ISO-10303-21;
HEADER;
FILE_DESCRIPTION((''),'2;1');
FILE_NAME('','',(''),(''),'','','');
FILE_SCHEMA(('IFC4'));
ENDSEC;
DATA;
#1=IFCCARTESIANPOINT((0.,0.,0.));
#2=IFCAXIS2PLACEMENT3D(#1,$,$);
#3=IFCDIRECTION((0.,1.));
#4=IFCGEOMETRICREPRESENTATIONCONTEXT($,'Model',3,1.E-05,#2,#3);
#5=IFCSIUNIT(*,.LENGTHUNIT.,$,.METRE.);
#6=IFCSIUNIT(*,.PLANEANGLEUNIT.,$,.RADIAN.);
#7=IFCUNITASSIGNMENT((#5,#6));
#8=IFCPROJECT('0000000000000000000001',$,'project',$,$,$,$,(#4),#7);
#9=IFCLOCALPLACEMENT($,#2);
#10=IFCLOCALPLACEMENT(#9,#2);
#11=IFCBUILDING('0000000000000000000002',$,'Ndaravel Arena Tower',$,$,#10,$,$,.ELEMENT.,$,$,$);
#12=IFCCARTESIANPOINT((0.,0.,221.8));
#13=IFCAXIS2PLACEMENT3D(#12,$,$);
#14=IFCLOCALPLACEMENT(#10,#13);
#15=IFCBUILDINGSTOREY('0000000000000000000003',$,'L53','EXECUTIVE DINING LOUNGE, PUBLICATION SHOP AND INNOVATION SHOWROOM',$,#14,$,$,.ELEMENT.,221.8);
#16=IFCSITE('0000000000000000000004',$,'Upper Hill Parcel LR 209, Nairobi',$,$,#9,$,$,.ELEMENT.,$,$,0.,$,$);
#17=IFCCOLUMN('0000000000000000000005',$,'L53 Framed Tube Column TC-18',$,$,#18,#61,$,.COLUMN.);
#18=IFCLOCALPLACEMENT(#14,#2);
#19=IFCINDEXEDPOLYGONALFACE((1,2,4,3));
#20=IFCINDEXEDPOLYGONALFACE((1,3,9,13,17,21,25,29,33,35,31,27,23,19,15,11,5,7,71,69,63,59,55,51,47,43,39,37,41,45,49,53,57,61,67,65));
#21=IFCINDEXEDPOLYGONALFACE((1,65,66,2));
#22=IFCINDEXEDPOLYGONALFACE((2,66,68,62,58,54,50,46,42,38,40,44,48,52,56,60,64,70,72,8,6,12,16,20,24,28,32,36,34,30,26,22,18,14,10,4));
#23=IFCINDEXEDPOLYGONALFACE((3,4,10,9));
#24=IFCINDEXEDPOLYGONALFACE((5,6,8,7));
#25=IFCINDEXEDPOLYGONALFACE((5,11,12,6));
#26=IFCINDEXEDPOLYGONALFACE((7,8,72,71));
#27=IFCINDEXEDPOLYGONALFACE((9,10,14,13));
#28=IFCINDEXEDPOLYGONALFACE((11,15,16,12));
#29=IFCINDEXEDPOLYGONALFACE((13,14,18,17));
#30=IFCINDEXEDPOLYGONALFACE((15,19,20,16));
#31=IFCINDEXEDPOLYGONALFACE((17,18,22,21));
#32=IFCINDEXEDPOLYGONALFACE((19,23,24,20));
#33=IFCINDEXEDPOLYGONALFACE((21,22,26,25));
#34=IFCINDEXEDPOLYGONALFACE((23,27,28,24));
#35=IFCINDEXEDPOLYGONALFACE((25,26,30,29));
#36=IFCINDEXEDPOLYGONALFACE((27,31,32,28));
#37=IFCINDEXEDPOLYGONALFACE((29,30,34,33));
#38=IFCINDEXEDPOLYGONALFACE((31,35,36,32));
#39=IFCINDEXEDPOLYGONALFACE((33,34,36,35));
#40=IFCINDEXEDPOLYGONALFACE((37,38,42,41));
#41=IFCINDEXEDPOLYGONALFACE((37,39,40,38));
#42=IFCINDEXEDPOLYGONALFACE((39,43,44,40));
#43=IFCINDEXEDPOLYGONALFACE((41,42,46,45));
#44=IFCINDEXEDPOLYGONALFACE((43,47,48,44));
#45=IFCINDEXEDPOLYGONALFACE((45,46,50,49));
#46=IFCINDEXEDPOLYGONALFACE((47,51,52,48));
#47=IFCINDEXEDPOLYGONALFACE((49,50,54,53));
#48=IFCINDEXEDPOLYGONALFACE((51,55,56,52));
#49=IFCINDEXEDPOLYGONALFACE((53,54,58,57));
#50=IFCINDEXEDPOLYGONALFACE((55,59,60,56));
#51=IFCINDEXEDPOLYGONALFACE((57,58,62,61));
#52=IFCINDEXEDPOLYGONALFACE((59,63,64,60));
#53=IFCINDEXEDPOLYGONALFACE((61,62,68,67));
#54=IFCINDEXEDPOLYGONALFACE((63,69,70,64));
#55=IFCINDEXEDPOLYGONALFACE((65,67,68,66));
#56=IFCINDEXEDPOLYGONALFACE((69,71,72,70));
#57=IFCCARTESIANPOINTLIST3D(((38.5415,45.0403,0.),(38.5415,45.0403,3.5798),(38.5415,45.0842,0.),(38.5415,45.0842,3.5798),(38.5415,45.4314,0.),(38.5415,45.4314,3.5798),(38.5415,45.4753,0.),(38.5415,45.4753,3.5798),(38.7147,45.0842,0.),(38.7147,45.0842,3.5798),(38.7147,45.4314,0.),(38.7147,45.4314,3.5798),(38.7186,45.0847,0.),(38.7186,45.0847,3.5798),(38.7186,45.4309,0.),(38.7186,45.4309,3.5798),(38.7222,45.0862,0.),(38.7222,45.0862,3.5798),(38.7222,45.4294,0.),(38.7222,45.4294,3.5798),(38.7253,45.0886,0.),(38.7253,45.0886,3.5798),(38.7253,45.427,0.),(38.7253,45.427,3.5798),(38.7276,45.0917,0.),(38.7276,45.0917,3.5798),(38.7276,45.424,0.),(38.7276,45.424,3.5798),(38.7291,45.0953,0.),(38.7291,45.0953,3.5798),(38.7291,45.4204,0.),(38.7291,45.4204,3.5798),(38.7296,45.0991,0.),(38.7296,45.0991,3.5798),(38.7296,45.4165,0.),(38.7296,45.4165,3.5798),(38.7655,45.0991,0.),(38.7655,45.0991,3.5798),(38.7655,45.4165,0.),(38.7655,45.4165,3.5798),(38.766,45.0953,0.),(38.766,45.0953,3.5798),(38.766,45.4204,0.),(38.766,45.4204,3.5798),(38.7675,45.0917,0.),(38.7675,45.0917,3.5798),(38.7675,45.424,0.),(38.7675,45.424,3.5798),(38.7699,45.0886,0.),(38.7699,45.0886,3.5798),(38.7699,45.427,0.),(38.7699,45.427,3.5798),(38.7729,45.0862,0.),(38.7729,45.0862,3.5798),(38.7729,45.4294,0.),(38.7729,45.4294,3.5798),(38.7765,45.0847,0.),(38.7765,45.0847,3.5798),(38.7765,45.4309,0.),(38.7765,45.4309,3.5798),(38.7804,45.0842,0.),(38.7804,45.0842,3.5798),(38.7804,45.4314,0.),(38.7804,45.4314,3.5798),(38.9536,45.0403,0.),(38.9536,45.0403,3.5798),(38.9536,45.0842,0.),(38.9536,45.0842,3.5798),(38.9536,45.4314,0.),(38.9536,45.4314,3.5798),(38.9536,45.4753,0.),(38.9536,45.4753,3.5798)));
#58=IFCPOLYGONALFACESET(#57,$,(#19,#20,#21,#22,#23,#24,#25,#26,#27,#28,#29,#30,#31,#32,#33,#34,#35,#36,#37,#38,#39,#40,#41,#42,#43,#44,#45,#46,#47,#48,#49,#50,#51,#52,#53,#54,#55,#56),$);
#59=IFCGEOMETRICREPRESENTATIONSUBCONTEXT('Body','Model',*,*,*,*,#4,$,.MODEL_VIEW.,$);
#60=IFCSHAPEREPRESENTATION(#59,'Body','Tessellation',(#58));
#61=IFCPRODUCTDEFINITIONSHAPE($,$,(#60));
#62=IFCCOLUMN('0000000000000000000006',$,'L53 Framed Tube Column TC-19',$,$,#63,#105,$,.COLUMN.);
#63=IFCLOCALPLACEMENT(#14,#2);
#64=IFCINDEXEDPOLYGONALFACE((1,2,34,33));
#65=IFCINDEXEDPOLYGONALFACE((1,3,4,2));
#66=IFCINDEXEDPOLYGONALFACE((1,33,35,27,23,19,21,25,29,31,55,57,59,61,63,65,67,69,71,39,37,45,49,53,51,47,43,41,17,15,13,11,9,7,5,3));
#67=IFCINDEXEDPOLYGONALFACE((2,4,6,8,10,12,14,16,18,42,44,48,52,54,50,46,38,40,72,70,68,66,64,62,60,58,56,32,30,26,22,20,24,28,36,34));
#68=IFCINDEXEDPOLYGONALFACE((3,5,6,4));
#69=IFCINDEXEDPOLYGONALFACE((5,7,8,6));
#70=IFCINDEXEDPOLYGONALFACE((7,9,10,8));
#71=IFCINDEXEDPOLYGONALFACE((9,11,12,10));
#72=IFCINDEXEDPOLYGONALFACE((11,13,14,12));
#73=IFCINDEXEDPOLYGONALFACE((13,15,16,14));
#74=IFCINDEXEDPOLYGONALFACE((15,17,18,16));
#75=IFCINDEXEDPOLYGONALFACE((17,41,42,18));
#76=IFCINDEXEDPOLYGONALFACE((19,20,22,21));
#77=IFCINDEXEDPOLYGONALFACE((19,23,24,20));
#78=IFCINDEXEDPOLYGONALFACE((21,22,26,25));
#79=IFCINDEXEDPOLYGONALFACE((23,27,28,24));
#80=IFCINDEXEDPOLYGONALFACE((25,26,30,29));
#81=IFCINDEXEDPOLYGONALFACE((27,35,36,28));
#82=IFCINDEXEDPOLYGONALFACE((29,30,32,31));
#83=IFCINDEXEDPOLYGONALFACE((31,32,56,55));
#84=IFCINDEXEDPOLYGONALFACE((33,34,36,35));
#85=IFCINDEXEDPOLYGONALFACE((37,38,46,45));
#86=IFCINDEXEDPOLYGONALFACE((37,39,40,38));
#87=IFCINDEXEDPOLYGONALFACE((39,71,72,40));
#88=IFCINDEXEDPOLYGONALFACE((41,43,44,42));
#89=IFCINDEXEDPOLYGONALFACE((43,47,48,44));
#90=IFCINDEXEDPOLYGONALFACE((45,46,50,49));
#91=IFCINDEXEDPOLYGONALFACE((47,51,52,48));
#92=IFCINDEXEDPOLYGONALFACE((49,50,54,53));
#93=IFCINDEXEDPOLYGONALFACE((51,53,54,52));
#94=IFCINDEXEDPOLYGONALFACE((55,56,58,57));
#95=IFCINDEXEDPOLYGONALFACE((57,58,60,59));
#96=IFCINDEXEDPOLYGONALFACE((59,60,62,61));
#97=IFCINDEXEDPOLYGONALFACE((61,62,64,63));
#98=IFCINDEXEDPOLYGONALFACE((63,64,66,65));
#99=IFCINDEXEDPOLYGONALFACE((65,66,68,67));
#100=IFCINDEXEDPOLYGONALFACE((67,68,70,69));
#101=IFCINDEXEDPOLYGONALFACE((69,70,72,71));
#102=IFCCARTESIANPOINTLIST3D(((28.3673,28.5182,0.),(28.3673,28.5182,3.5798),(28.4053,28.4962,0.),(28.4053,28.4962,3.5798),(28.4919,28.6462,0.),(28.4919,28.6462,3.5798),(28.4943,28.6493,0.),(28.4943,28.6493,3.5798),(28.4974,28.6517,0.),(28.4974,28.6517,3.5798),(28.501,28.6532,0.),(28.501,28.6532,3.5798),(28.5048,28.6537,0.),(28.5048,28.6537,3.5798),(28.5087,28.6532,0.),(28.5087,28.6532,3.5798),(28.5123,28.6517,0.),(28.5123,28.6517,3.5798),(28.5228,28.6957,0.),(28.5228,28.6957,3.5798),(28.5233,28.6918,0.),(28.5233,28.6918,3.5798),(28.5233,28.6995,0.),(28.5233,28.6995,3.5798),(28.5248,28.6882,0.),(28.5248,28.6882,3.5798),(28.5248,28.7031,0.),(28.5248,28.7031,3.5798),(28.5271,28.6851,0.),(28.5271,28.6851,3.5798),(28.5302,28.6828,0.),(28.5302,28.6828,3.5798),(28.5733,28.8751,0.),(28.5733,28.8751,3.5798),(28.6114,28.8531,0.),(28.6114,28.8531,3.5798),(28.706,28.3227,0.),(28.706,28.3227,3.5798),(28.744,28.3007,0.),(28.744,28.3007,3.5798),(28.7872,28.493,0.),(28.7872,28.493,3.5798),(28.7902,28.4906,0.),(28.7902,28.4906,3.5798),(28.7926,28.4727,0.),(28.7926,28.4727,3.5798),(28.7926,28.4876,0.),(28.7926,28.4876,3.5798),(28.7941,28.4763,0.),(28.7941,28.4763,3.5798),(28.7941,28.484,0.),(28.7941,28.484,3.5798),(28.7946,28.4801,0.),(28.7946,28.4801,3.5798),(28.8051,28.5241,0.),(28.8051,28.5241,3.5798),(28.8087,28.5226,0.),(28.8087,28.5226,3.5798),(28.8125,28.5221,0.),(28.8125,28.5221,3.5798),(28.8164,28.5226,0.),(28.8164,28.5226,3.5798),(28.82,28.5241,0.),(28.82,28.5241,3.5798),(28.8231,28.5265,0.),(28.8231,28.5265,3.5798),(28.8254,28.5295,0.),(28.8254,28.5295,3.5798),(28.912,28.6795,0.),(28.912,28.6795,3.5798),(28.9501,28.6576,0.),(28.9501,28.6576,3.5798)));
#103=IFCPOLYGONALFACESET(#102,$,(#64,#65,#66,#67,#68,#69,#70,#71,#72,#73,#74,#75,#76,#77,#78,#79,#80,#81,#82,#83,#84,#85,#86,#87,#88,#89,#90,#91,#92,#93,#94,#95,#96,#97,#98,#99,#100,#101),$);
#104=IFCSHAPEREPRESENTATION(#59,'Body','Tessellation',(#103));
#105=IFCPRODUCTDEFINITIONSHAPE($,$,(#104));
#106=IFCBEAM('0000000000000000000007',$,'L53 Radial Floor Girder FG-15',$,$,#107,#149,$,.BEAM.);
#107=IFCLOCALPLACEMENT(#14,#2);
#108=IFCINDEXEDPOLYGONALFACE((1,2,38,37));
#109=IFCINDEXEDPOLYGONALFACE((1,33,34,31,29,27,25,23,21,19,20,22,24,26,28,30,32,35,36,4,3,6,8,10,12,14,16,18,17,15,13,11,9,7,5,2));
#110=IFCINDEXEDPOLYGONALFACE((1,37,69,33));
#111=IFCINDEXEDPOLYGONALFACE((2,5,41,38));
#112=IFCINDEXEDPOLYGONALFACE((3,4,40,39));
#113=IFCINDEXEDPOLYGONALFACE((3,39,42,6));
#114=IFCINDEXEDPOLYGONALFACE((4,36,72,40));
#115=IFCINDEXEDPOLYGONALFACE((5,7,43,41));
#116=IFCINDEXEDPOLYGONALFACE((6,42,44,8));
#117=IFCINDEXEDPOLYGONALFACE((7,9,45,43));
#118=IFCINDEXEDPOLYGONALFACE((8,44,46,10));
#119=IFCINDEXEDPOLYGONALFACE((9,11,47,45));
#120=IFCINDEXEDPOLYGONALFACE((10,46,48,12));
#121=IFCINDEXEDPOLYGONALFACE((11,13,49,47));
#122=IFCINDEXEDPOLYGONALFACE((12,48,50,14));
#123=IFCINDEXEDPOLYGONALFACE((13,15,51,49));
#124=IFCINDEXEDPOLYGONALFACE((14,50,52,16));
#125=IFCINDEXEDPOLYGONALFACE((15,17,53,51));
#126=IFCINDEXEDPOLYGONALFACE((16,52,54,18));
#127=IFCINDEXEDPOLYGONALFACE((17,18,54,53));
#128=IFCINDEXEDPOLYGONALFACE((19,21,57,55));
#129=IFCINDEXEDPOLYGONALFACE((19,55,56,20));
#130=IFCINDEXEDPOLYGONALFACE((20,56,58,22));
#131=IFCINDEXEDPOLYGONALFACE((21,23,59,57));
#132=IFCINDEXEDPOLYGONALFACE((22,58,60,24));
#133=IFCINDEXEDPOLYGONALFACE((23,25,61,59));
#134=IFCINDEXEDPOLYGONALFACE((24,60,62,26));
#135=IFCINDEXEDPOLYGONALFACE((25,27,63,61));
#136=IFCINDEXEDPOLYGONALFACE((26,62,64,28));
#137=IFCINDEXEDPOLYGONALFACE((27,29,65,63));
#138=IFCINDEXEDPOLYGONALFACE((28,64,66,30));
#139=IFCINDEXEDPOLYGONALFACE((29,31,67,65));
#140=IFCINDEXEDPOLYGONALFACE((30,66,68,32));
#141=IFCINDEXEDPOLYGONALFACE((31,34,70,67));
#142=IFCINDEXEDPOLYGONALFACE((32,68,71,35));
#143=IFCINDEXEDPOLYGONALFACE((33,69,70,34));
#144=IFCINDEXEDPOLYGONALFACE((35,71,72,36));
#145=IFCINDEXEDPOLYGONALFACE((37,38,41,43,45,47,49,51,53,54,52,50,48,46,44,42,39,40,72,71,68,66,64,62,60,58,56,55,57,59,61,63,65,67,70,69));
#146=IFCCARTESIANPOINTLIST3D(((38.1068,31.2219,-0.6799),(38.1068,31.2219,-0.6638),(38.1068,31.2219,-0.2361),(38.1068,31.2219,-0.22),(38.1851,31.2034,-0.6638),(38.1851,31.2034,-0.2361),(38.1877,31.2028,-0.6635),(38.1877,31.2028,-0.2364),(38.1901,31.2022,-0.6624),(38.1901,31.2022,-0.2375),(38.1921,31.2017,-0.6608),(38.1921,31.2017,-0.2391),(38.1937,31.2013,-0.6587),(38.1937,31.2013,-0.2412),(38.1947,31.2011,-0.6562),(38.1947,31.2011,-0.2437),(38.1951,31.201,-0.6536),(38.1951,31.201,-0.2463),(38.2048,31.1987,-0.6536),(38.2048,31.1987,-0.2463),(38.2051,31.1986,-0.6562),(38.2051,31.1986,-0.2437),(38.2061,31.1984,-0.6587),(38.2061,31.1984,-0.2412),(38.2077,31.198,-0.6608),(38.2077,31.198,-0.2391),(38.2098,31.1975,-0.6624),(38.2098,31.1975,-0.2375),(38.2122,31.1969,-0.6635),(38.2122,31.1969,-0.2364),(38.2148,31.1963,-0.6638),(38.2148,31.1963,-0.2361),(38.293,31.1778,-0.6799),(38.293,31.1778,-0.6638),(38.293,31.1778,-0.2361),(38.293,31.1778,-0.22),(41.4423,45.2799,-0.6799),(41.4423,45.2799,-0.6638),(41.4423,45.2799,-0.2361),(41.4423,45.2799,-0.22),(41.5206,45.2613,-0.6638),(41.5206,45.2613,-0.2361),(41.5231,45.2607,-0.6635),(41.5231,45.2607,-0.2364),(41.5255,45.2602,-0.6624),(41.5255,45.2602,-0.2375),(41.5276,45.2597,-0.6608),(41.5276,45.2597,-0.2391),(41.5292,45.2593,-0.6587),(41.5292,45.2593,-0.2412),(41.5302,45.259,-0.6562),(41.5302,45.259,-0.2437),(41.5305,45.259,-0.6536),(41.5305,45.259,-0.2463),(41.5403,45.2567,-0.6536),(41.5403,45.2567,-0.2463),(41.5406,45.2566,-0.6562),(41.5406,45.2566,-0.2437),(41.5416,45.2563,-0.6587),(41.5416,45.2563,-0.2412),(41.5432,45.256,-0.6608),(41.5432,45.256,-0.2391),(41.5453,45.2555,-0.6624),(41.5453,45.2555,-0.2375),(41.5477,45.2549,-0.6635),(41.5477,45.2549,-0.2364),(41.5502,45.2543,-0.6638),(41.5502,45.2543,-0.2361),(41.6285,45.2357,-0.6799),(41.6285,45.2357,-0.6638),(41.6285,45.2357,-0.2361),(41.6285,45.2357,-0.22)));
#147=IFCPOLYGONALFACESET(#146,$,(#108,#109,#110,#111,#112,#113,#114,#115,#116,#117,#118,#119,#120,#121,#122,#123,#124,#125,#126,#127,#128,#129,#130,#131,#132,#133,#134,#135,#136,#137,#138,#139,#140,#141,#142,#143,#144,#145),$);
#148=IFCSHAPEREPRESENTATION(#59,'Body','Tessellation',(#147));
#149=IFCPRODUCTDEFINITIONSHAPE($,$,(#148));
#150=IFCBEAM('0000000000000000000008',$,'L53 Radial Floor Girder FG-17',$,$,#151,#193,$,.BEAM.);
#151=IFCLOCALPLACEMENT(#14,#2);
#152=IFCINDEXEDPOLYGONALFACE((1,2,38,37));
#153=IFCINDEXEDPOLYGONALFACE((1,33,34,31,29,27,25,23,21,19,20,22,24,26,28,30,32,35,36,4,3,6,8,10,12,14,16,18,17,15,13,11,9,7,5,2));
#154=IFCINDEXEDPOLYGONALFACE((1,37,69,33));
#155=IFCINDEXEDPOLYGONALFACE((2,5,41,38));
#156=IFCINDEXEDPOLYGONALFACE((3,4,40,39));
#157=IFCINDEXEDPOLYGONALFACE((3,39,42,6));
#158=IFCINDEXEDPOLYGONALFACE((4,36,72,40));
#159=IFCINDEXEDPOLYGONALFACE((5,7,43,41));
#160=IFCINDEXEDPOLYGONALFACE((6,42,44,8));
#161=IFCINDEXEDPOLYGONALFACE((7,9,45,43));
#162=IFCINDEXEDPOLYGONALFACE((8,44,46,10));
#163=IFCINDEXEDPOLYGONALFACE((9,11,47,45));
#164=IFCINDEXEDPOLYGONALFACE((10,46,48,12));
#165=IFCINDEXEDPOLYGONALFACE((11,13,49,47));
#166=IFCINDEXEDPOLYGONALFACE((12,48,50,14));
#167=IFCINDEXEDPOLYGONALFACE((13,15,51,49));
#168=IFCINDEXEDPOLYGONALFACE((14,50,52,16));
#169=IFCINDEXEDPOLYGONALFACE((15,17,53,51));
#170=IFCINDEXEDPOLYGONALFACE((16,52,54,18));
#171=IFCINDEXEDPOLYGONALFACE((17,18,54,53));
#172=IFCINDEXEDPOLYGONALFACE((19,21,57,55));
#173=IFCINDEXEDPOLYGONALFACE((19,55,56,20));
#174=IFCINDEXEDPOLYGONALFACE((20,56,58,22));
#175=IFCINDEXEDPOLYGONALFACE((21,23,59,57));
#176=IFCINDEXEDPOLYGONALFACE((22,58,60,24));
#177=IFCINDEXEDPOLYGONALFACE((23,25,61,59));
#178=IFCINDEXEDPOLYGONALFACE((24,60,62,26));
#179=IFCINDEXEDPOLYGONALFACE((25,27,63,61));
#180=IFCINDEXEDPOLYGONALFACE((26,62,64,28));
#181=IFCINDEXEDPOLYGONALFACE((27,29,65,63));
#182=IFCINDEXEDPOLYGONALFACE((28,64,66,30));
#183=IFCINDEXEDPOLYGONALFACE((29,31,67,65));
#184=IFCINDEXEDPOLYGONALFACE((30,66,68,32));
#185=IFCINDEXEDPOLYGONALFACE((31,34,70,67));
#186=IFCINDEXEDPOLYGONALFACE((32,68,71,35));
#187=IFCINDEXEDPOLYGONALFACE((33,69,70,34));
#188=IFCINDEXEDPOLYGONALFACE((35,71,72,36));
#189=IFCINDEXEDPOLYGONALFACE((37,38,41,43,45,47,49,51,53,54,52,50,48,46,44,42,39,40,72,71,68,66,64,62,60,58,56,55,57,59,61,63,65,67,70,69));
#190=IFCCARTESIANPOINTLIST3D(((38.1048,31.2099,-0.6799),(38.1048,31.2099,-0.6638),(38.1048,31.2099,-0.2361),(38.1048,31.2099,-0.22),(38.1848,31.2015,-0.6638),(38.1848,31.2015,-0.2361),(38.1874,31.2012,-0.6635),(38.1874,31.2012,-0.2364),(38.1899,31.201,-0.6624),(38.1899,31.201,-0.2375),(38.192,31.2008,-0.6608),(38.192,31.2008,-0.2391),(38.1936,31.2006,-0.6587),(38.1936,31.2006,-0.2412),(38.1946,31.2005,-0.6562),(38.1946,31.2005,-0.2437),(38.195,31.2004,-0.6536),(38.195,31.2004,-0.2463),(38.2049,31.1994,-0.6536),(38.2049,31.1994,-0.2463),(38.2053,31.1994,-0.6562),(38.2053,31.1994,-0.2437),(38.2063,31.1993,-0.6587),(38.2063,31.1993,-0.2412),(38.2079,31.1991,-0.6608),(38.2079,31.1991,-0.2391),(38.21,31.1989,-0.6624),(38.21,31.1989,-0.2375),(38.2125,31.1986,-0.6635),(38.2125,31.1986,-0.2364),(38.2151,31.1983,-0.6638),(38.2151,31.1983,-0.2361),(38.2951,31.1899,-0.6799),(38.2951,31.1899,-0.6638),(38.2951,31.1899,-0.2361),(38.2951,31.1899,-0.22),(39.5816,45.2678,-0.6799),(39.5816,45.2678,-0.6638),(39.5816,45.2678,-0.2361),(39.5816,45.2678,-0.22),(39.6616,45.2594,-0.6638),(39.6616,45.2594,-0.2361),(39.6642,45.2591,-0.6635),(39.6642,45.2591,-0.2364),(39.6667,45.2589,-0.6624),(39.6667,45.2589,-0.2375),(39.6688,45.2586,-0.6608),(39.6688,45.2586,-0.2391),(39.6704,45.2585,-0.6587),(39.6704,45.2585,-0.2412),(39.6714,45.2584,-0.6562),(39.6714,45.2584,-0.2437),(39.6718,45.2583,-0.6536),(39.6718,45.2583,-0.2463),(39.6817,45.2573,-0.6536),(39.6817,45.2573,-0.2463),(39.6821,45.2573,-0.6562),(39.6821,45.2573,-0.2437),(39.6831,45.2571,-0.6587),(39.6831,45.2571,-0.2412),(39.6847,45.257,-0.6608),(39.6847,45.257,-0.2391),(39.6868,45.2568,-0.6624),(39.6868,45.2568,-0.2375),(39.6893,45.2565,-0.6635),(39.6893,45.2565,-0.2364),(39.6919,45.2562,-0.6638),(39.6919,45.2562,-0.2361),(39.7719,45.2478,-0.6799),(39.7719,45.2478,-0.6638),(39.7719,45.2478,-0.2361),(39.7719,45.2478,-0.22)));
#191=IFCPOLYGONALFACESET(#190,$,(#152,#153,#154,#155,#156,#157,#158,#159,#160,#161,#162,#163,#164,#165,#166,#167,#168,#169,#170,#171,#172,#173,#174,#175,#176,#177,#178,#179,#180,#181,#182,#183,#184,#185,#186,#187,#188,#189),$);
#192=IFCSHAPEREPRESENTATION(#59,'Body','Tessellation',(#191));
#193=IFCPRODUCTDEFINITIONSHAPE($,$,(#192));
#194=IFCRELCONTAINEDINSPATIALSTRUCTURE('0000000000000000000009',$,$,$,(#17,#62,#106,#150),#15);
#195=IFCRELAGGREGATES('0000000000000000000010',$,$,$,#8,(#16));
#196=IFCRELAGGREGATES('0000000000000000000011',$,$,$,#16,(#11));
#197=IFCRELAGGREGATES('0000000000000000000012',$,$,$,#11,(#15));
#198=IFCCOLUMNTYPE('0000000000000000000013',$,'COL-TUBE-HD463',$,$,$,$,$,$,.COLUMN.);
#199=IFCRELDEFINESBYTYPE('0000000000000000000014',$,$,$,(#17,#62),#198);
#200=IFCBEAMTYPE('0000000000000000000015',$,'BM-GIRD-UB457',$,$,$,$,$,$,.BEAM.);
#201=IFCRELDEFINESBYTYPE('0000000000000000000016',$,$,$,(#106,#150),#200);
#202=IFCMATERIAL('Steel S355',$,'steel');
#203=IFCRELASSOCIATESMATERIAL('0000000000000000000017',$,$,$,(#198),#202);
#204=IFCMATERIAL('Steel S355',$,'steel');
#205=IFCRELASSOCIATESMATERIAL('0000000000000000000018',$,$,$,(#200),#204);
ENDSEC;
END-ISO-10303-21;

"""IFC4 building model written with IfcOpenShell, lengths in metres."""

from ifc_helpers import new_model, si_unit, direction, frame, origin, origin_2d, place, context, subcontext, project, spatial, i_section, extrude, material, material_profile, profile_set, type_object, element, save


model = new_model("IFC4")

# Units and contexts
model_context = context("Model", 3, precision=1e-05, world=origin(), true_north=direction((0.0, 1.0)))
body_context = subcontext(model_context, "Body", "Model", "MODEL_VIEW")
ifc_project = project(units=[si_unit("LENGTHUNIT", "METRE"), si_unit("PLANEANGLEUNIT", "RADIAN")], contexts=[model_context])

# Site, building, storey
site_placement = place(None, origin())
site = spatial("IfcSite", under=ifc_project, at=site_placement, Name="Upper Hill Parcel LR 209, Nairobi", CompositionType="ELEMENT", RefElevation=0.0)
building_placement = place(site_placement, origin())
building = spatial("IfcBuilding", under=site, at=building_placement, Name="Ndaravel Arena Tower", CompositionType="ELEMENT")
storey_placement = place(building_placement, frame((0.0, 0.0, 221.8)))
storey = spatial("IfcBuildingStorey", under=building, at=storey_placement, Name="L53", Description="EXECUTIVE DINING LOUNGE, PUBLICATION SHOP AND INNOVATION SHOWROOM", CompositionType="ELEMENT", Elevation=221.8)

# Columns
ifc_material_1 = material(Name="Steel S355", Category="steel")
ifc_material_profile_1 = material_profile(ifc_material_1, i_section(OverallWidth=0.4121, OverallDepth=0.4351, WebThickness=0.0359, FlangeThickness=0.0439, FilletRadius=0.0149, at=origin_2d()), Name="HD 400x463")
ifc_profile_set_1 = profile_set([ifc_material_profile_1], Name="Steel S355")
column_type_1 = type_object("IfcColumnType", Name="COL-TUBE-HD463", PredefinedType="COLUMN", material=ifc_profile_set_1)
for number, where, z_axis, x_axis, name in (
    (1, (38.7476, 45.2578, 0.0), (0.0, 0.0, 1.0), (1.0, 0.0, 0.0), "L53 Framed Tube Column TC-18"),
    (2, (28.6587, 28.5879, 0.0), (0.0, 0.0, 1.0), (0.5, 0.866025, 0.0), "L53 Framed Tube Column TC-19"),
):
    element("IfcColumn", number, at=place(storey_placement, frame(where, z_axis=z_axis, x_axis=x_axis)), inside=storey, type_object=column_type_1, Name=name, PredefinedType="COLUMN", context=body_context, shape_type="SweptSolid", body=[
        extrude(i_section(OverallWidth=0.4121, OverallDepth=0.4351, WebThickness=0.0359, FlangeThickness=0.0439, FilletRadius=0.0149, at=origin_2d()), origin(), (0.0, 0.0, 1.0), 3.5798),
    ])

# Beams
ifc_material_2 = material(Name="Steel S355", Category="steel")
ifc_material_profile_2 = material_profile(ifc_material_2, i_section(OverallWidth=0.1914, OverallDepth=0.46, WebThickness=0.01, FlangeThickness=0.0161, FilletRadius=0.0103, at=origin_2d()), Name="UB 457x191x82")
ifc_profile_set_2 = profile_set([ifc_material_profile_2], Name="Steel S355")
beam_type_1 = type_object("IfcBeamType", Name="BM-GIRD-UB457", PredefinedType="BEAM", material=ifc_profile_set_2)
beam_1_placement = place(storey_placement, frame((41.5354, 45.2578, -0.45), z_axis=(-0.230857, -0.972988, 0.0), x_axis=(0.972988, -0.230857, 0.0)))
element("IfcBeam", 3, at=beam_1_placement, inside=storey, type_object=beam_type_1, Name="L53 Radial Floor Girder FG-15", PredefinedType="BEAM", context=body_context, shape_type="SweptSolid", body=[
    extrude(i_section(OverallWidth=0.1914, OverallDepth=0.46, WebThickness=0.01, FlangeThickness=0.0161, FilletRadius=0.0103, at=origin_2d()), origin(), (0.0, 0.0, 1.0), 14.4482),
])
beam_2_placement = place(storey_placement, frame((39.6768, 45.2578, -0.45), z_axis=(-0.104477, -0.994527, 0.0), x_axis=(0.994527, -0.104477, 0.0)))
element("IfcBeam", 4, at=beam_2_placement, inside=storey, type_object=beam_type_1, Name="L53 Radial Floor Girder FG-17", PredefinedType="BEAM", context=body_context, shape_type="SweptSolid", body=[
    extrude(i_section(OverallWidth=0.1914, OverallDepth=0.46, WebThickness=0.01, FlangeThickness=0.0161, FilletRadius=0.0103, at=origin_2d()), origin(), (0.0, 0.0, 1.0), 14.1353),
])

save(model, "model.ifc")
